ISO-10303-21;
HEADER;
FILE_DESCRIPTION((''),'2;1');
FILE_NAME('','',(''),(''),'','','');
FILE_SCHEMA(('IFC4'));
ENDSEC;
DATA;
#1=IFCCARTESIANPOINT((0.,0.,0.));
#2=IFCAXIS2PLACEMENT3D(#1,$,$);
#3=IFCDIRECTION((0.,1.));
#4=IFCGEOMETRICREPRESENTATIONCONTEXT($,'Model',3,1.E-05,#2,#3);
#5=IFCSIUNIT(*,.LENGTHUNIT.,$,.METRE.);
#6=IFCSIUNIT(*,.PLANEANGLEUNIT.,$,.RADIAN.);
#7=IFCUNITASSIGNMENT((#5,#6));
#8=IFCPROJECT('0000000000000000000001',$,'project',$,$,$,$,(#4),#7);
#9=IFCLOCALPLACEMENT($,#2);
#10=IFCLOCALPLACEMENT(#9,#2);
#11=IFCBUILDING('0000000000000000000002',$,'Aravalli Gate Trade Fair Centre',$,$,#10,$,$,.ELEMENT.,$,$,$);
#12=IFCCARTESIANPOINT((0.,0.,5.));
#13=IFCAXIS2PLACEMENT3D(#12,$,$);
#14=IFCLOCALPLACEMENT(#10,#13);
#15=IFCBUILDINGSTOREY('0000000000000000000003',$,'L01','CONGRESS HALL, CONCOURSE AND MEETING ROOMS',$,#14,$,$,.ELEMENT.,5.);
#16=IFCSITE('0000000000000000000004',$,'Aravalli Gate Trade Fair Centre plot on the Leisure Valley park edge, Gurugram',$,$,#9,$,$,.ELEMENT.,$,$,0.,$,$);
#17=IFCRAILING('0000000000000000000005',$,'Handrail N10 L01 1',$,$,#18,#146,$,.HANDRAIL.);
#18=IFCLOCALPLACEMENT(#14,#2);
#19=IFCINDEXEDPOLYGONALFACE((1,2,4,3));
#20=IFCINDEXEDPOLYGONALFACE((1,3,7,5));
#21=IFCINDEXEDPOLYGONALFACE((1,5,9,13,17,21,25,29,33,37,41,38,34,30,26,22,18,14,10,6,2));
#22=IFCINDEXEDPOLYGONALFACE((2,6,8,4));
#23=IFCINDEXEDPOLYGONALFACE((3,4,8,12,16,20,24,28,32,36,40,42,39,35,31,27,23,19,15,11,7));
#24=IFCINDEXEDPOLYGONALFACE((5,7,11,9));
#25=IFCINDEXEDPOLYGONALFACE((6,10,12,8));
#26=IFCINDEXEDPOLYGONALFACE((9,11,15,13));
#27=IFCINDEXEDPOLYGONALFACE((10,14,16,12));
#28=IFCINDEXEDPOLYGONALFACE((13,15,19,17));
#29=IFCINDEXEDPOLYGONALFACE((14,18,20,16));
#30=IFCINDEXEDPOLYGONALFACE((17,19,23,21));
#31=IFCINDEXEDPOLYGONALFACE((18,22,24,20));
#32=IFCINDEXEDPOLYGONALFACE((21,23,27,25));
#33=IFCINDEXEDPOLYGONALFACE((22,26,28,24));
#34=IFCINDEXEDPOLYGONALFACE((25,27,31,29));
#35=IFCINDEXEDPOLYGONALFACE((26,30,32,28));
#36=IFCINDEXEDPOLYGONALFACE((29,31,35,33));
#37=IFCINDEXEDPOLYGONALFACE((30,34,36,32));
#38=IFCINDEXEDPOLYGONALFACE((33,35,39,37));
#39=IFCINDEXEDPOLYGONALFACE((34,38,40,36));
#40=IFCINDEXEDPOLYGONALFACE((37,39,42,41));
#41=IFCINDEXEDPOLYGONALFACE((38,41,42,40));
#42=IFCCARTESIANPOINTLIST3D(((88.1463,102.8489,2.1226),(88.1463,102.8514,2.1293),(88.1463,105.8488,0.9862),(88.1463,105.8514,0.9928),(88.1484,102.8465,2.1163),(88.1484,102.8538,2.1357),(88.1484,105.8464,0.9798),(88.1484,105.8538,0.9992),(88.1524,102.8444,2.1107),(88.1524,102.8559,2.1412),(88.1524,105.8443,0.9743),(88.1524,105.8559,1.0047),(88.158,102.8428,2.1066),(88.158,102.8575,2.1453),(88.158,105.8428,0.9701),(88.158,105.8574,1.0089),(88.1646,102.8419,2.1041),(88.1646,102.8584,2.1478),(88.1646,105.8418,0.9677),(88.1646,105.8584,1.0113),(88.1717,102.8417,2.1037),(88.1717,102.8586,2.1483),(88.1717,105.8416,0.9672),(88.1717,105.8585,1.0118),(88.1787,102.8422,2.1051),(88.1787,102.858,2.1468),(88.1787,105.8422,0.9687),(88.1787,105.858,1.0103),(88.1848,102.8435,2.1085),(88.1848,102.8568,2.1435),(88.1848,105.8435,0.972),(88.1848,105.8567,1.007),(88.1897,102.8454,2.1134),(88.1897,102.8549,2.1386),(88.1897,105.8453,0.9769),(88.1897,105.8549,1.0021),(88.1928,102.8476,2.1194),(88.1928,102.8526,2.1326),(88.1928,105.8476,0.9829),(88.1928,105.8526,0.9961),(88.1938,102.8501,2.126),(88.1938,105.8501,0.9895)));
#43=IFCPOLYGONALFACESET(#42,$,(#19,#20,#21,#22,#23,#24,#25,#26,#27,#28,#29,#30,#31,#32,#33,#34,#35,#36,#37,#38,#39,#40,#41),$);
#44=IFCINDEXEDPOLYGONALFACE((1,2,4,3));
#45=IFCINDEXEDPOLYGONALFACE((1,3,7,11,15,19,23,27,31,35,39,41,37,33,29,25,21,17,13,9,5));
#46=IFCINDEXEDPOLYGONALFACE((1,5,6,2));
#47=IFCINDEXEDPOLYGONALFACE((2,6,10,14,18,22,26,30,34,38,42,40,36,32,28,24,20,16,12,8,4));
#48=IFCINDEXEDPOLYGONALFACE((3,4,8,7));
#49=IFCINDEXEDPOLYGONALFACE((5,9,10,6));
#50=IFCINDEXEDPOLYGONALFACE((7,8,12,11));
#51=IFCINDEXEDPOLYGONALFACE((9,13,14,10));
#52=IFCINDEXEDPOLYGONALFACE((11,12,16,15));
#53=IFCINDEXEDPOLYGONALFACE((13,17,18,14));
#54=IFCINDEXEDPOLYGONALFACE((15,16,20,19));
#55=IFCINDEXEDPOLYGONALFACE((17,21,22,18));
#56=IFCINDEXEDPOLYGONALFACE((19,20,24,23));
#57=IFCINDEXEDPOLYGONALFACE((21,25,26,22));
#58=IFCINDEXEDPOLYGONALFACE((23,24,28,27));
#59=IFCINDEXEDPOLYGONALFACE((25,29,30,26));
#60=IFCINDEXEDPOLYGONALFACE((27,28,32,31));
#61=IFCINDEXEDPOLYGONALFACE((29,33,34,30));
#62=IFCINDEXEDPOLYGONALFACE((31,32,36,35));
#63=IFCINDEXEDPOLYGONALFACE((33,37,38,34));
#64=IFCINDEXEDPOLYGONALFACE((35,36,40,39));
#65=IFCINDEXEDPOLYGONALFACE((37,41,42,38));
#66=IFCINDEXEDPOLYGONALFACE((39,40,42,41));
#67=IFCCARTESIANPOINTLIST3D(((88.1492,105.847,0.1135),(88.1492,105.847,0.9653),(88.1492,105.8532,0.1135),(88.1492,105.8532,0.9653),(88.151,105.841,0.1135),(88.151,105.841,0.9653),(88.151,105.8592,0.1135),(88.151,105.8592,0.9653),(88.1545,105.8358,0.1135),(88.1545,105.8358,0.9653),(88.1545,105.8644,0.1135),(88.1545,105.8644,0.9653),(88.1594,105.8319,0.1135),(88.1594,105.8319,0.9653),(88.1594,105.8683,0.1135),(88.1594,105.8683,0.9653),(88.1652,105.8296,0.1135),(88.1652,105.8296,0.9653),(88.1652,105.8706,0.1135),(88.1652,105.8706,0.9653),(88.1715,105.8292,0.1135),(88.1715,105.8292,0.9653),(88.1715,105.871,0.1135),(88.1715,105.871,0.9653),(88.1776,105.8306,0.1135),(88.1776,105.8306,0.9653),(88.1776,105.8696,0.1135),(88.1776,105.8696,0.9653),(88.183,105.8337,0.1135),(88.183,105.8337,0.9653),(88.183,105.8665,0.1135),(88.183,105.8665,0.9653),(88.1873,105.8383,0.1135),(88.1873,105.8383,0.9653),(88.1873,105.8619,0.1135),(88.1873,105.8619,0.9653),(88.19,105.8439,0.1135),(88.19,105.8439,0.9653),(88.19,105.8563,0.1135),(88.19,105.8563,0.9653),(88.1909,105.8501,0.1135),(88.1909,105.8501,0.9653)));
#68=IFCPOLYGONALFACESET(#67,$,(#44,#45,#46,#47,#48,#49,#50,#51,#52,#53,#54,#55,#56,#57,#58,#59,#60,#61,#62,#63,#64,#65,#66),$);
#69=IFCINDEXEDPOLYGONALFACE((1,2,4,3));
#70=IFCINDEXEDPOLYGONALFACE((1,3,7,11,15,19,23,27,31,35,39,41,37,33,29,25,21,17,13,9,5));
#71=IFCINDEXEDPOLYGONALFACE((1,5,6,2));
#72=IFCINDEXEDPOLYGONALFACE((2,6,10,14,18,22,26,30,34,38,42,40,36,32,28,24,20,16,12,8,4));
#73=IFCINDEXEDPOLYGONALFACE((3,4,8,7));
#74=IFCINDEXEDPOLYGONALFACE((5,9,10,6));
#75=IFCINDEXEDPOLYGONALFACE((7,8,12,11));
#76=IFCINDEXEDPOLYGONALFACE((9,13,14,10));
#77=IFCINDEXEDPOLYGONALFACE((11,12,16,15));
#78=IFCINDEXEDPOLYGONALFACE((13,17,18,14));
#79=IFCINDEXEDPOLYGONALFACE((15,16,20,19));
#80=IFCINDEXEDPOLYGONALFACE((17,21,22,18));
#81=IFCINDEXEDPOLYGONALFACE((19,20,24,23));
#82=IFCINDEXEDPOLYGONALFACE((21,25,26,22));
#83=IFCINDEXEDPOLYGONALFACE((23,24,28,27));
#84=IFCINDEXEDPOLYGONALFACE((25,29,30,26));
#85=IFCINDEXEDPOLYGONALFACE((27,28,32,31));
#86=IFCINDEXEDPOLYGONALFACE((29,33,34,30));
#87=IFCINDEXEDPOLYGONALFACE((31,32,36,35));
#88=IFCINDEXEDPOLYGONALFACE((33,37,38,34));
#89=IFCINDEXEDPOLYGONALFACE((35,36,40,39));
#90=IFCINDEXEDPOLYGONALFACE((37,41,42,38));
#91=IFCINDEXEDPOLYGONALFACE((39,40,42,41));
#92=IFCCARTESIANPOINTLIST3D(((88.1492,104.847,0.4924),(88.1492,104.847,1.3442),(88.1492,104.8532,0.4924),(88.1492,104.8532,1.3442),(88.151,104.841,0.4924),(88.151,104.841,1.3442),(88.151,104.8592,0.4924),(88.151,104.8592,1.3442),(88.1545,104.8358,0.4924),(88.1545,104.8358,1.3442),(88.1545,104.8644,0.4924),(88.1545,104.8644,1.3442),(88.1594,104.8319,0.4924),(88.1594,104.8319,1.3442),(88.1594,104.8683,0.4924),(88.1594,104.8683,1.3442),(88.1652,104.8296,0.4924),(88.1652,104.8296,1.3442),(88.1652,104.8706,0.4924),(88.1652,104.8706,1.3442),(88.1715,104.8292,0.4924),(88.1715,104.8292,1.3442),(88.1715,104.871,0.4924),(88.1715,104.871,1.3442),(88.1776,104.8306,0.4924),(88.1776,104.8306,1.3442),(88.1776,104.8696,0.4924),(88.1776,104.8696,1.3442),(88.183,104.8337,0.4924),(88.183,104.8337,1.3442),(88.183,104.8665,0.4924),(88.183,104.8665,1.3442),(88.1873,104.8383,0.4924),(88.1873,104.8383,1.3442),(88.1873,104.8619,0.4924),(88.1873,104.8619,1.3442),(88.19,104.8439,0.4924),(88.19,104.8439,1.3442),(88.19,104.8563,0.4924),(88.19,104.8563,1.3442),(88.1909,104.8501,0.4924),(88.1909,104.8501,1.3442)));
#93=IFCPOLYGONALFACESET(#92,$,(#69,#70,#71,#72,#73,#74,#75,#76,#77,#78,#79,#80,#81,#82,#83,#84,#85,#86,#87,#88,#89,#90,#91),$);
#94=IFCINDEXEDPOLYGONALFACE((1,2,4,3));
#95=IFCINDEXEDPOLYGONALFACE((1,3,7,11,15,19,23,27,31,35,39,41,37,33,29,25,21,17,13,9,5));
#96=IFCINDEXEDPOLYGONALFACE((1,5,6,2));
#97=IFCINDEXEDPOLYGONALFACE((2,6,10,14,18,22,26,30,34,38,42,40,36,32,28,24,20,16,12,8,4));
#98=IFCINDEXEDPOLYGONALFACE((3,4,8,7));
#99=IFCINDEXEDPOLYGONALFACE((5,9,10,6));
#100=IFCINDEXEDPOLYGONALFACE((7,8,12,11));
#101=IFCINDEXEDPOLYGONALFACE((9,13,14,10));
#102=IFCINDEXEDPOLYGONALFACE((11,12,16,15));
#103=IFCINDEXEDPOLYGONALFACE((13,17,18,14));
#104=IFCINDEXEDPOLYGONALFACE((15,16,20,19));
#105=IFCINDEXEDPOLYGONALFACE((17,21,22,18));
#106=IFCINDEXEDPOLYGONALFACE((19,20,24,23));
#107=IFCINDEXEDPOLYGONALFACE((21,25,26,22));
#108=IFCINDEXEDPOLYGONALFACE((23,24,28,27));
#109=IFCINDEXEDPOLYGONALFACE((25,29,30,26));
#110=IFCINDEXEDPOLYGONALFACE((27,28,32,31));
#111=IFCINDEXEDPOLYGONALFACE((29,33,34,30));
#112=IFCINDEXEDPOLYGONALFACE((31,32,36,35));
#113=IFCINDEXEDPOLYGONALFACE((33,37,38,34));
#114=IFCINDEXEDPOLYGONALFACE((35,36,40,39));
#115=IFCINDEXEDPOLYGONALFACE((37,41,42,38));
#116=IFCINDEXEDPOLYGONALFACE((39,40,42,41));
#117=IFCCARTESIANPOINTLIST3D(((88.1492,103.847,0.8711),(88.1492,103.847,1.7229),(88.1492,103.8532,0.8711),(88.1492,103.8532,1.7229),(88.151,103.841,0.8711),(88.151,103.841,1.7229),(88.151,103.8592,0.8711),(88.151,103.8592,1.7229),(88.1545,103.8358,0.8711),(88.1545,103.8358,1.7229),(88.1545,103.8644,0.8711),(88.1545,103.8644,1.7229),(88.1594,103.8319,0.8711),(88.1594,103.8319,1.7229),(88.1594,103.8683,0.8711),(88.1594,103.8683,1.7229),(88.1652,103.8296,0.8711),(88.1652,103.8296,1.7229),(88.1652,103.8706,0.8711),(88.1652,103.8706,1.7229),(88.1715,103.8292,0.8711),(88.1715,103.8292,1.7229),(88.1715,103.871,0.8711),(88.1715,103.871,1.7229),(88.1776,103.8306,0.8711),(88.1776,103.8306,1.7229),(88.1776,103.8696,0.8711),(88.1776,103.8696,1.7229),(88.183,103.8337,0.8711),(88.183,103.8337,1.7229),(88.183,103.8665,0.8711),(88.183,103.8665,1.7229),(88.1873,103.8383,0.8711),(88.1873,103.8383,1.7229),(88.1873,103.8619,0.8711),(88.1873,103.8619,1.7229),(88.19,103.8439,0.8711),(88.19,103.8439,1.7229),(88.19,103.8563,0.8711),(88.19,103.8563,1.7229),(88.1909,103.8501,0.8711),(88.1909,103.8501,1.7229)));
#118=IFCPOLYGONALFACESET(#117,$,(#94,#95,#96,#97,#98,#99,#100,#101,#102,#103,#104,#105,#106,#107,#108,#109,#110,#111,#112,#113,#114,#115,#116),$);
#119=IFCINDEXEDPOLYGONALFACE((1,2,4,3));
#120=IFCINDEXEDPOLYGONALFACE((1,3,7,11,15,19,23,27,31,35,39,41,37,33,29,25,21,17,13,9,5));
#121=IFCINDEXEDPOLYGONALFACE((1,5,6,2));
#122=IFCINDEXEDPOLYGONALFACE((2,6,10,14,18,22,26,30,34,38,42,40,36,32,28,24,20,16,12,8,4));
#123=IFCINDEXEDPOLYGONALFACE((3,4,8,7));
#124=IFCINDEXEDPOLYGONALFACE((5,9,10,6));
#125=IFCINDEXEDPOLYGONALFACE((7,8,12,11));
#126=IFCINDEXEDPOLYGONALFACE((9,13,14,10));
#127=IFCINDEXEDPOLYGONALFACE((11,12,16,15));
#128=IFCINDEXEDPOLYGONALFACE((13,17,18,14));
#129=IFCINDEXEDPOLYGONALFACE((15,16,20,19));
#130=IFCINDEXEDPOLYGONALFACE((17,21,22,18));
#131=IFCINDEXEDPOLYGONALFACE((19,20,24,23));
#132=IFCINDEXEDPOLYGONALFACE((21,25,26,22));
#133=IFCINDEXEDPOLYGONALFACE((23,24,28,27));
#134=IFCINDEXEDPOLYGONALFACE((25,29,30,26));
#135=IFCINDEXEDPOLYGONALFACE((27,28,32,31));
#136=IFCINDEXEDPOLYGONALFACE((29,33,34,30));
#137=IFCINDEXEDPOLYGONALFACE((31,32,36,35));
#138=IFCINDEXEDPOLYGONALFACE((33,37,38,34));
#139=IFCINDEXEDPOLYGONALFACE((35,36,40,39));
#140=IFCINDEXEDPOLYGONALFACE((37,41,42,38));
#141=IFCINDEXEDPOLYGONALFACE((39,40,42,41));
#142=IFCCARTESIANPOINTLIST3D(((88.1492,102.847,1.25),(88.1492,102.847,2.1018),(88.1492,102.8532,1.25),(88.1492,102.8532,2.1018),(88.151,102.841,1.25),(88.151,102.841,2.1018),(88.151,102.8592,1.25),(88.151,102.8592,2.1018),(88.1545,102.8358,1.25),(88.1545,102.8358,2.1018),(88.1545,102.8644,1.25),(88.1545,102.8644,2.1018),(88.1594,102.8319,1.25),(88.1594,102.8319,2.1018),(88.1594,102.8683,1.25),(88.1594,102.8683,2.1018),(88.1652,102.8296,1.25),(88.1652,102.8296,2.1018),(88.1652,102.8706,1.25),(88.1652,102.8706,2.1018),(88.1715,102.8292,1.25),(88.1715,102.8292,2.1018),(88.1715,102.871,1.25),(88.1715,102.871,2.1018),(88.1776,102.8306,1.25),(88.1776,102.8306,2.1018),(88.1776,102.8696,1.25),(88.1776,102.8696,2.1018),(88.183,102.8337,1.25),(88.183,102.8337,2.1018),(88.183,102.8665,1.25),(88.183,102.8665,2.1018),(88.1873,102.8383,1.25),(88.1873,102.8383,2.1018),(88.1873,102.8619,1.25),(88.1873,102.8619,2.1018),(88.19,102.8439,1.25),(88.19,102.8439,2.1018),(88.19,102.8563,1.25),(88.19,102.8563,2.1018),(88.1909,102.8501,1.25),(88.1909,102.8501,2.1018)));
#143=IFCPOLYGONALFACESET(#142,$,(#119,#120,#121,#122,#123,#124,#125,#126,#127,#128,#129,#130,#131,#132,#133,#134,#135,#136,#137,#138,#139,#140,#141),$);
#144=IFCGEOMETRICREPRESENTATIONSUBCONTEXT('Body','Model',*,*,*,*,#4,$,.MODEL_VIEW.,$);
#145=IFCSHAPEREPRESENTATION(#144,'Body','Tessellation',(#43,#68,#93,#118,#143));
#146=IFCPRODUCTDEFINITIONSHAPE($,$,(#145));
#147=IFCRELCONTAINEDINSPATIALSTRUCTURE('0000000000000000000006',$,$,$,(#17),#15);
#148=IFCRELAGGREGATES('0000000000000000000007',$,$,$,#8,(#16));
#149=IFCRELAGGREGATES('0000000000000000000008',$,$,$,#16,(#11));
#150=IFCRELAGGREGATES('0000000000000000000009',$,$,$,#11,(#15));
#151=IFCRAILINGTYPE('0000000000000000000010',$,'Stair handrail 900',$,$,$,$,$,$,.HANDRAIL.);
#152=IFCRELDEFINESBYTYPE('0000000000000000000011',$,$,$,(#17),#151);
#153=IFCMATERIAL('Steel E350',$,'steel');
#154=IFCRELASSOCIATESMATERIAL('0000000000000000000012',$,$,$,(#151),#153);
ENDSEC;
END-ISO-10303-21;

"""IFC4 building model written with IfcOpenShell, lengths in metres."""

from ifc_helpers import new_model, si_unit, direction, frame, origin, origin_2d, place, context, subcontext, project, spatial, circle, extrude, material, type_object, element, save


model = new_model("IFC4")

# Units and contexts
model_context = context("Model", 3, precision=1e-05, world=origin(), true_north=direction((0.0, 1.0)))
body_context = subcontext(model_context, "Body", "Model", "MODEL_VIEW")
ifc_project = project(units=[si_unit("LENGTHUNIT", "METRE"), si_unit("PLANEANGLEUNIT", "RADIAN")], contexts=[model_context])

# Site, building, storey
site_placement = place(None, origin())
site = spatial("IfcSite", under=ifc_project, at=site_placement, Name="Aravalli Gate Trade Fair Centre plot on the Leisure Valley park edge, Gurugram", CompositionType="ELEMENT", RefElevation=0.0)
building_placement = place(site_placement, origin())
building = spatial("IfcBuilding", under=site, at=building_placement, Name="Aravalli Gate Trade Fair Centre", CompositionType="ELEMENT")
storey_placement = place(building_placement, frame((0.0, 0.0, 5.0)))
storey = spatial("IfcBuildingStorey", under=building, at=storey_placement, Name="L01", Description="CONGRESS HALL, CONCOURSE AND MEETING ROOMS", CompositionType="ELEMENT", Elevation=5.0)

# Shared definitions
ifc_material_1 = material(Name="Steel E350", Category="steel")

# Railing
railing_type = type_object("IfcRailingType", Name="Stair handrail 900", PredefinedType="HANDRAIL", material=ifc_material_1)
for number, where, name in (
    (1, (88.1699, 105.8501, 0.1135), "Handrail N10 L01 1"),
):
    element("IfcRailing", number, at=place(storey_placement, frame(where)), inside=storey, type_object=railing_type, Name=name, PredefinedType="HANDRAIL", context=body_context, shape_type="SweptSolid", body=[
        extrude(circle(Radius=0.0239, at=origin_2d()), frame((0.0, 0.0, 0.876), z_axis=(0.0, -0.935148, 0.354257), x_axis=(1.0, 0.0, 0.0)), (0.0, 0.0, 1.0), 3.208),
        extrude(circle(Radius=0.021, at=origin_2d()), origin(), (0.0, 0.0, 1.0), 0.8518),
        extrude(circle(Radius=0.021, at=origin_2d()), frame((0.0, -1.0, 0.3789)), (0.0, 0.0, 1.0), 0.8518),
        extrude(circle(Radius=0.021, at=origin_2d()), frame((0.0, -2.0, 0.7576)), (0.0, 0.0, 1.0), 0.8518),
        extrude(circle(Radius=0.021, at=origin_2d()), frame((0.0, -3.0, 1.1365)), (0.0, 0.0, 1.0), 0.8518),
    ])

save(model, "model.ifc")
